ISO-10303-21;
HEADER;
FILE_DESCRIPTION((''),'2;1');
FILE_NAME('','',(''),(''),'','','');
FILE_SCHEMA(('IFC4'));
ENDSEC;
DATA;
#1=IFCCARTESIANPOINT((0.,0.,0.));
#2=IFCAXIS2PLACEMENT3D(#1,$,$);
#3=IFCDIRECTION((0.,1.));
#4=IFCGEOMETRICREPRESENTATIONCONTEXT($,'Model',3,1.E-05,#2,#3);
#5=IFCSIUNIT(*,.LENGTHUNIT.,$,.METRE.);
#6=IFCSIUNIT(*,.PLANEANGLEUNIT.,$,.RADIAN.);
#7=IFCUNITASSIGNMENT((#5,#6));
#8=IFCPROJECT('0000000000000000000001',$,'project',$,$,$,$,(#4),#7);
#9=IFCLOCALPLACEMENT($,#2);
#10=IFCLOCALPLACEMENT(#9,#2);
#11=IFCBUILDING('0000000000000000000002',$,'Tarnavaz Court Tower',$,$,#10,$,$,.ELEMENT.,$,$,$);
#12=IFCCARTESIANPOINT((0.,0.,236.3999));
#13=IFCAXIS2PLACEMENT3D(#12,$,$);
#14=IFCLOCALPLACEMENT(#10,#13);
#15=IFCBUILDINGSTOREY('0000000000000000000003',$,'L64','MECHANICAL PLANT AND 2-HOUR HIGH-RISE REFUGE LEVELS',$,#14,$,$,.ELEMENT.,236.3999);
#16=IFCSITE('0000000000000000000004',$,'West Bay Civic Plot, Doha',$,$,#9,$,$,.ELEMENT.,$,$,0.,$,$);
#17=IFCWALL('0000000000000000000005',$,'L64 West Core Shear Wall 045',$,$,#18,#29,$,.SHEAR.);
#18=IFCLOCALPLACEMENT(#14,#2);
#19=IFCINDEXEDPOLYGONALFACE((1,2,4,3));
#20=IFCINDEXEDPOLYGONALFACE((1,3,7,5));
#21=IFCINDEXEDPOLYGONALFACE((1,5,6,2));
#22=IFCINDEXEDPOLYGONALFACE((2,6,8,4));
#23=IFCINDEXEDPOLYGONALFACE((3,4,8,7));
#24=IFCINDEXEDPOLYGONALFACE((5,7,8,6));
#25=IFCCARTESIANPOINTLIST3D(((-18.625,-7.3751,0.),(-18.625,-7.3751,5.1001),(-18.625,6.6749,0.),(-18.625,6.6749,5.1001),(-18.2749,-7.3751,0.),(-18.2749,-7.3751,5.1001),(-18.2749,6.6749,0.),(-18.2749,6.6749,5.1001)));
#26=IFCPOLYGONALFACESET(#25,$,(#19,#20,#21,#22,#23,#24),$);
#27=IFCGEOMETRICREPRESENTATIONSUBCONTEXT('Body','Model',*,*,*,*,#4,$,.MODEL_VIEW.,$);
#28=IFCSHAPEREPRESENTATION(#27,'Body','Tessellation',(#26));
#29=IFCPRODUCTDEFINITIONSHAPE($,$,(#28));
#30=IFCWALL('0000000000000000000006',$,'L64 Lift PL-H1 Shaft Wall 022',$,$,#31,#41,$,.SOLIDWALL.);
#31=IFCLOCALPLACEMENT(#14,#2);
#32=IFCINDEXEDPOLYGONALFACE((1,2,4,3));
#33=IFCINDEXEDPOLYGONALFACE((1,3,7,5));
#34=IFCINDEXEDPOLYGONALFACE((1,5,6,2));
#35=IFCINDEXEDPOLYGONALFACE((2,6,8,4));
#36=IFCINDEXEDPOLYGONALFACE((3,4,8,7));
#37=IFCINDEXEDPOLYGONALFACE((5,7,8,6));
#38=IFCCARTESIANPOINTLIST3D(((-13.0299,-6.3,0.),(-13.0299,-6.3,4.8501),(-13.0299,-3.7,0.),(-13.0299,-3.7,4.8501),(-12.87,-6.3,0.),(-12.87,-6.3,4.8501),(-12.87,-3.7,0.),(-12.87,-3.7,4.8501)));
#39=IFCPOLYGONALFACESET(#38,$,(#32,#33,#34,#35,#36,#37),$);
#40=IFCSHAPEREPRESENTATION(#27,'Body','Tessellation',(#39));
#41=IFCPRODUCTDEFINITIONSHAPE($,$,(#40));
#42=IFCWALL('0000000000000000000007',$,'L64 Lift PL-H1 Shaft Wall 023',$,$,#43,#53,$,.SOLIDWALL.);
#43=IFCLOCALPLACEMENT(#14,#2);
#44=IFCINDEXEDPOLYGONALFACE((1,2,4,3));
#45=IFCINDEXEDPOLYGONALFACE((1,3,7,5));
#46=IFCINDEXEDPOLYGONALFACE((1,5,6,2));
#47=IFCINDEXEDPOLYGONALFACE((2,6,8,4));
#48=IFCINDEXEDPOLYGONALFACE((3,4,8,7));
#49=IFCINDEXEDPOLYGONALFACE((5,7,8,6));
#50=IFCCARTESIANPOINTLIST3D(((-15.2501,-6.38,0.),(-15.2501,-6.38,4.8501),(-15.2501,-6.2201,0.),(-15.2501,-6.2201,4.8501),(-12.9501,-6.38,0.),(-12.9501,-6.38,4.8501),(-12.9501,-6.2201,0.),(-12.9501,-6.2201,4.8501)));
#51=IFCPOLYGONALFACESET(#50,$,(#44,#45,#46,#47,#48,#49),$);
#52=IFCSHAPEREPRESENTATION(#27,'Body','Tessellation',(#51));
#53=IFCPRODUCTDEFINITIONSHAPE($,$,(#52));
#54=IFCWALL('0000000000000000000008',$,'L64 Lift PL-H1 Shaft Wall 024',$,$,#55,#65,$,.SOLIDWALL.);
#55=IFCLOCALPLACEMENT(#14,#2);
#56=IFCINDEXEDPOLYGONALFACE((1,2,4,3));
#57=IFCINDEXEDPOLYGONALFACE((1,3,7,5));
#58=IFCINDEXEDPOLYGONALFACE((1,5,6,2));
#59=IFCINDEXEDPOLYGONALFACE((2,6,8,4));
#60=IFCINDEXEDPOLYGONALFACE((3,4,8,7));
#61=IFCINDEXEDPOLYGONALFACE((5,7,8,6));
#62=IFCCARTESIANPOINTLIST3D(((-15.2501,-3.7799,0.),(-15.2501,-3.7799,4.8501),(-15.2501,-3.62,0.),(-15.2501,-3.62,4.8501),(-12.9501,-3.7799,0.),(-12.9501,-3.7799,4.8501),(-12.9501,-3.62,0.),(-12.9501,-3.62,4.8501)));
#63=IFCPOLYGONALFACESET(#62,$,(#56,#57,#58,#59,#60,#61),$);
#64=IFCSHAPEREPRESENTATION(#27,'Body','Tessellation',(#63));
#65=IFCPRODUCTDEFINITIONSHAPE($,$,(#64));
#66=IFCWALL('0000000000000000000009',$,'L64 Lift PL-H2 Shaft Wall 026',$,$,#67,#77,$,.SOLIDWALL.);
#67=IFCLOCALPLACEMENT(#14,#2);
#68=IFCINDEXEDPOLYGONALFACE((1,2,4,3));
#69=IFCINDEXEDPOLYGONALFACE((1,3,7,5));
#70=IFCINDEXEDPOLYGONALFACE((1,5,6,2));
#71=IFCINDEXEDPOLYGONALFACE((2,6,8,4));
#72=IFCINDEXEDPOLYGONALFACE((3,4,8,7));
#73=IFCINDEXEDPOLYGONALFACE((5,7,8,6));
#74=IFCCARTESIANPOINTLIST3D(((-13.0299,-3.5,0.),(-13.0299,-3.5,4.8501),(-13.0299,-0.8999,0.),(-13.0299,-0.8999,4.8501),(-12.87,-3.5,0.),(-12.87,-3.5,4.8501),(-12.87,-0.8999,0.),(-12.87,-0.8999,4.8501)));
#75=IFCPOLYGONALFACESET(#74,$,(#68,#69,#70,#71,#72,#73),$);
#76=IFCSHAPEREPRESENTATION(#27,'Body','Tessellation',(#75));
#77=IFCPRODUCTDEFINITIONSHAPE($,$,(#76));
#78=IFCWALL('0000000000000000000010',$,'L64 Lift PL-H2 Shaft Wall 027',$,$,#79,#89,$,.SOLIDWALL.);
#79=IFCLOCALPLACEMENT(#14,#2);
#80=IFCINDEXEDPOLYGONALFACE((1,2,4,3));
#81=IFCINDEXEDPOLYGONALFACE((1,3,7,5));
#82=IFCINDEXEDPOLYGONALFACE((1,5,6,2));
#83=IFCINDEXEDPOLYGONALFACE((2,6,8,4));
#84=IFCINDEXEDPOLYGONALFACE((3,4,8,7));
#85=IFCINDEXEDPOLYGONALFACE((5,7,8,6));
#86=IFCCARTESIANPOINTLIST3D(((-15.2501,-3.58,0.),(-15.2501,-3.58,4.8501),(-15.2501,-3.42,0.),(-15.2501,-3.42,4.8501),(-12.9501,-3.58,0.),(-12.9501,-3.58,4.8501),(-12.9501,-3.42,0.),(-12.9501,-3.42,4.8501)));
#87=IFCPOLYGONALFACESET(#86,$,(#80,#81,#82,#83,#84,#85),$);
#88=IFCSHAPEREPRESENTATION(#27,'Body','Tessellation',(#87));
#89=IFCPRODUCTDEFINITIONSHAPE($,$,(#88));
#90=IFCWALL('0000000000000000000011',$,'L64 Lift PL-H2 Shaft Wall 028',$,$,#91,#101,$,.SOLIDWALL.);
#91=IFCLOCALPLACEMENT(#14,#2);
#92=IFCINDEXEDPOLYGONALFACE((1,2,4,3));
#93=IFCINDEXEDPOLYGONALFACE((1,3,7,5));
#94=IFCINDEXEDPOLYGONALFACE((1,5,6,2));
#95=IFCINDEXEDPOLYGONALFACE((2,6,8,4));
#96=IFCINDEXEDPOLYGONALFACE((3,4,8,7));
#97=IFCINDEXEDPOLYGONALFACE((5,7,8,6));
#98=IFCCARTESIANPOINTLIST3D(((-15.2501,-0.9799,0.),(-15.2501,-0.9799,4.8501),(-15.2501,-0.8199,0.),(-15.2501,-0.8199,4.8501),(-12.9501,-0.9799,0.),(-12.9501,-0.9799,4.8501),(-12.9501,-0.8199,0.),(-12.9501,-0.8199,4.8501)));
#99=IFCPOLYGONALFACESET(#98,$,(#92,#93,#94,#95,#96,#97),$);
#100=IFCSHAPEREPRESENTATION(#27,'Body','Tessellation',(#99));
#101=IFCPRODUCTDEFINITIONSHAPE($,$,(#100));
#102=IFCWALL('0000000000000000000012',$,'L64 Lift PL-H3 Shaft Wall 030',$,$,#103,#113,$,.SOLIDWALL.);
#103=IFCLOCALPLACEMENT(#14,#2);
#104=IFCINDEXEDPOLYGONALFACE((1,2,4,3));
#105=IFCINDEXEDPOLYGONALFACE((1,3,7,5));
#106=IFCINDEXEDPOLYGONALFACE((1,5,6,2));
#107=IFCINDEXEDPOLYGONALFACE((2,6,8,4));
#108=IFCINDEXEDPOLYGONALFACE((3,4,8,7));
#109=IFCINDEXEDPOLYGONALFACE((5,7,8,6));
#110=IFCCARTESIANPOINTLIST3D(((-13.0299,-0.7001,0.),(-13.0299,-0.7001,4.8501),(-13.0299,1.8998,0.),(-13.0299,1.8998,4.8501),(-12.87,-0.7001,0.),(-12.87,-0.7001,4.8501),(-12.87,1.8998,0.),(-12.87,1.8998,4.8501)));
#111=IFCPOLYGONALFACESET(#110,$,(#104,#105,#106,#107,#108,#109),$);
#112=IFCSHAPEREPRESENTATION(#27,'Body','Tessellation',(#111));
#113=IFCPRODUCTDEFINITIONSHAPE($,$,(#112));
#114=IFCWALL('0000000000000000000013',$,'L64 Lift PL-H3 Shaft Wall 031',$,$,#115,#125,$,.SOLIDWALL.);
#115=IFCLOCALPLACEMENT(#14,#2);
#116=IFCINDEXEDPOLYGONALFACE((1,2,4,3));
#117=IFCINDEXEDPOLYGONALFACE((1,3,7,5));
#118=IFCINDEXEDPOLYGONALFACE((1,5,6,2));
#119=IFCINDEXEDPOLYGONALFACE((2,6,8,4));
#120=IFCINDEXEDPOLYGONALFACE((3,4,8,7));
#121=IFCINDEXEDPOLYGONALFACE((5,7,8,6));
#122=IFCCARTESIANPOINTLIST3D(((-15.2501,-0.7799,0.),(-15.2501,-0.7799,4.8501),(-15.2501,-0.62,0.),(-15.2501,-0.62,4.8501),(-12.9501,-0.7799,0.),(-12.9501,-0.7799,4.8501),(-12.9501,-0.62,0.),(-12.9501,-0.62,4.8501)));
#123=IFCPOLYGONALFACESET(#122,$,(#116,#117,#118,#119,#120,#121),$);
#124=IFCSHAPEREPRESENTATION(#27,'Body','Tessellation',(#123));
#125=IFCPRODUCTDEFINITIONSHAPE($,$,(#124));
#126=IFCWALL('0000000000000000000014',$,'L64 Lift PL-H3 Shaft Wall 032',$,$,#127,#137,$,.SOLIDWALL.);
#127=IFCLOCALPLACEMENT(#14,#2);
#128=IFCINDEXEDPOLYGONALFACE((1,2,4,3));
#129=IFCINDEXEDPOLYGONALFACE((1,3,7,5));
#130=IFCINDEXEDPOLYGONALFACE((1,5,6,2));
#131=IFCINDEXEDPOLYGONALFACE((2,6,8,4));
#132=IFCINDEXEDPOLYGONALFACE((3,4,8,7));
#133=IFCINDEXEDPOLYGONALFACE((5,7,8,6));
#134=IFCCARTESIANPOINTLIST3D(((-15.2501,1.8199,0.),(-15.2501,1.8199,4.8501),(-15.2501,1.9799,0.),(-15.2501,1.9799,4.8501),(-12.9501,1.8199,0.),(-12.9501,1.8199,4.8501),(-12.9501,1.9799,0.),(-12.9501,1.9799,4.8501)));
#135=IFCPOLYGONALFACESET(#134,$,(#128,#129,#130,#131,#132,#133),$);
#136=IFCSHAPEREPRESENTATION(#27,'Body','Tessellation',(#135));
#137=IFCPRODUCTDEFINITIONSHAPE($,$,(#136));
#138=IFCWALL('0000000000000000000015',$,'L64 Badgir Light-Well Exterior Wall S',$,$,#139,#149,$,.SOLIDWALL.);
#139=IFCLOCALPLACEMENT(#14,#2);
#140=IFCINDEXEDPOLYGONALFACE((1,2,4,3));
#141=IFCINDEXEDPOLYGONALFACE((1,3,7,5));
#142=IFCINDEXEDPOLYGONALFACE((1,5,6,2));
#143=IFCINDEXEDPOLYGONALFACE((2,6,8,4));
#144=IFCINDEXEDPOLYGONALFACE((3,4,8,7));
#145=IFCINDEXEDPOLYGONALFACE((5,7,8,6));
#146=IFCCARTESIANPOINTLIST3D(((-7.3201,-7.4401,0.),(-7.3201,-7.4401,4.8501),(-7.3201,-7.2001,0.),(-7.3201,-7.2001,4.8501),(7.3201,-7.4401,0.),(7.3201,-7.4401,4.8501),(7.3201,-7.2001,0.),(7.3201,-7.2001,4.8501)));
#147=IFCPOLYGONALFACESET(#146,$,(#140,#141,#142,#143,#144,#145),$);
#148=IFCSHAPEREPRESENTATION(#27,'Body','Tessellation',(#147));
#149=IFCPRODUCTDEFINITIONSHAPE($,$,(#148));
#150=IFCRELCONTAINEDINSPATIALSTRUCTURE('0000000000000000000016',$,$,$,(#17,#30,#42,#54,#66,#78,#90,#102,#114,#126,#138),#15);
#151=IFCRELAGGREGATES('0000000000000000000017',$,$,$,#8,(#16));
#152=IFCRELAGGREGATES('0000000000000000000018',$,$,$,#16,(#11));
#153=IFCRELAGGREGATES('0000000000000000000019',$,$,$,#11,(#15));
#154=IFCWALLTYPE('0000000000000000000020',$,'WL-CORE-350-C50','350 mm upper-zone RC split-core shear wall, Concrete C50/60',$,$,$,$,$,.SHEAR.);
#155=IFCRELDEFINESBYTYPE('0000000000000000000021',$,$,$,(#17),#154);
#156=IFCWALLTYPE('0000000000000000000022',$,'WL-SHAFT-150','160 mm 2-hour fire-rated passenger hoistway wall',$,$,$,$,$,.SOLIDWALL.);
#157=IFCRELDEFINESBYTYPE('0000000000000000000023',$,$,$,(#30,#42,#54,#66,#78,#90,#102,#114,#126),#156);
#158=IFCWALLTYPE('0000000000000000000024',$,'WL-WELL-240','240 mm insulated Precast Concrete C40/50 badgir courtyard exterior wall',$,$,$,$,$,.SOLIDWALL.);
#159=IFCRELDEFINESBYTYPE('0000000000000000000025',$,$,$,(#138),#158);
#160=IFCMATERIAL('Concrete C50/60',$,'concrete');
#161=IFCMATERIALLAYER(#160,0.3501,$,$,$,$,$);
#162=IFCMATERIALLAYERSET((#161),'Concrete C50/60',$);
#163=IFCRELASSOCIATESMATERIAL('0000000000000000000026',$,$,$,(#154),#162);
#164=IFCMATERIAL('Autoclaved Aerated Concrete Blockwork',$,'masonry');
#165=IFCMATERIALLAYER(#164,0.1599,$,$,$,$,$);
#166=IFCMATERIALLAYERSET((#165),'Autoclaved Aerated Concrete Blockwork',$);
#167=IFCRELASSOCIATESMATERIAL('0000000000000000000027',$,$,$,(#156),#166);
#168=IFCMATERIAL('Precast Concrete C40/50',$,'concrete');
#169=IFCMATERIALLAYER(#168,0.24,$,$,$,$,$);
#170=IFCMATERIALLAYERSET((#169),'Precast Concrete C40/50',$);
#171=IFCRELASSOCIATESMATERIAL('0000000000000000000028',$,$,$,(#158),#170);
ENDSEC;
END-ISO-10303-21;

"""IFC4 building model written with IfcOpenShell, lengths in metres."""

from ifc_helpers import new_model, si_unit, direction, frame, frame_2d, origin, place, context, subcontext, project, spatial, rectangle, extrude, material, layer, layer_set, type_object, element, save


model = new_model("IFC4")

# Units and contexts
model_context = context("Model", 3, precision=1e-05, world=origin(), true_north=direction((0.0, 1.0)))
body_context = subcontext(model_context, "Body", "Model", "MODEL_VIEW")
ifc_project = project(units=[si_unit("LENGTHUNIT", "METRE"), si_unit("PLANEANGLEUNIT", "RADIAN")], contexts=[model_context])

# Site, building, storey
site_placement = place(None, origin())
site = spatial("IfcSite", under=ifc_project, at=site_placement, Name="West Bay Civic Plot, Doha", CompositionType="ELEMENT", RefElevation=0.0)
building_placement = place(site_placement, origin())
building = spatial("IfcBuilding", under=site, at=building_placement, Name="Tarnavaz Court Tower", CompositionType="ELEMENT")
storey_placement = place(building_placement, frame((0.0, 0.0, 236.3999)))
storey = spatial("IfcBuildingStorey", under=building, at=storey_placement, Name="L64", Description="MECHANICAL PLANT AND 2-HOUR HIGH-RISE REFUGE LEVELS", CompositionType="ELEMENT", Elevation=236.3999)

# Shared definitions
ifc_material_1 = material(Name="Concrete C50/60", Category="concrete")

# Wall
ifc_layer_1 = layer(ifc_material_1, 0.3501)
ifc_layer_set_1 = layer_set([ifc_layer_1], Name="Concrete C50/60")
wall_type_1 = type_object("IfcWallType", Name="WL-CORE-350-C50", Description="350 mm upper-zone RC split-core shear wall, Concrete C50/60", PredefinedType="SHEAR", material=ifc_layer_set_1)
wall_1_placement = place(storey_placement, frame((-18.45, -7.375, 0.0), z_axis=(0.0, 0.0, 1.0), x_axis=(0.0, 1.0, 0.0)))
element("IfcWall", 1, at=wall_1_placement, inside=storey, type_object=wall_type_1, Name="L64 West Core Shear Wall 045", PredefinedType="SHEAR", context=body_context, shape_type="SweptSolid", body=[
    extrude(rectangle(XDim=14.05, YDim=0.3501, at=frame_2d((7.0249, 0.0))), origin(), (0.0, 0.0, 1.0), 5.1001),
])

# Shared definitions
ifc_material_2 = material(Name="Autoclaved Aerated Concrete Blockwork", Category="masonry")
ifc_layer_2 = layer(ifc_material_2, 0.1599)
ifc_layer_set_2 = layer_set([ifc_layer_2], Name="Autoclaved Aerated Concrete Blockwork")
wall_type_2 = type_object("IfcWallType", Name="WL-SHAFT-150", Description="160 mm 2-hour fire-rated passenger hoistway wall", PredefinedType="SOLIDWALL", material=ifc_layer_set_2)

# Walls
wall_2_placement = place(storey_placement, frame((-12.95, -6.3, 0.0), z_axis=(0.0, 0.0, 1.0), x_axis=(0.0, 1.0, 0.0)))
element("IfcWall", 2, at=wall_2_placement, inside=storey, type_object=wall_type_2, Name="L64 Lift PL-H1 Shaft Wall 022", PredefinedType="SOLIDWALL", context=body_context, shape_type="SweptSolid", body=[
    extrude(rectangle(XDim=2.6001, YDim=0.1599, at=frame_2d((1.3, 0.0))), origin(), (0.0, 0.0, 1.0), 4.8501),
])
for number, where, z_axis, x_axis, name in (
    (3, (-15.25, -6.3, 0.0), (0.0, 0.0, 1.0), (1.0, 0.0, 0.0), "L64 Lift PL-H1 Shaft Wall 023"),
    (4, (-15.25, -3.7, 0.0), (0.0, 0.0, 1.0), (1.0, 0.0, 0.0), "L64 Lift PL-H1 Shaft Wall 024"),
):
    element("IfcWall", number, at=place(storey_placement, frame(where, z_axis=z_axis, x_axis=x_axis)), inside=storey, type_object=wall_type_2, Name=name, PredefinedType="SOLIDWALL", context=body_context, shape_type="SweptSolid", body=[
        extrude(rectangle(XDim=2.3, YDim=0.1599, at=frame_2d((1.1499, 0.0))), origin(), (0.0, 0.0, 1.0), 4.8501),
    ])

# Walls
wall_3_placement = place(storey_placement, frame((-12.95, -3.5, 0.0), z_axis=(0.0, 0.0, 1.0), x_axis=(0.0, 1.0, 0.0)))
element("IfcWall", 5, at=wall_3_placement, inside=storey, type_object=wall_type_2, Name="L64 Lift PL-H2 Shaft Wall 026", PredefinedType="SOLIDWALL", context=body_context, shape_type="SweptSolid", body=[
    extrude(rectangle(XDim=2.6001, YDim=0.1599, at=frame_2d((1.3, 0.0))), origin(), (0.0, 0.0, 1.0), 4.8501),
])
for number, where, z_axis, x_axis, name in (
    (6, (-15.25, -3.5, 0.0), (0.0, 0.0, 1.0), (1.0, 0.0, 0.0), "L64 Lift PL-H2 Shaft Wall 027"),
    (7, (-15.25, -0.8999, 0.0), (0.0, 0.0, 1.0), (1.0, 0.0, 0.0), "L64 Lift PL-H2 Shaft Wall 028"),
):
    element("IfcWall", number, at=place(storey_placement, frame(where, z_axis=z_axis, x_axis=x_axis)), inside=storey, type_object=wall_type_2, Name=name, PredefinedType="SOLIDWALL", context=body_context, shape_type="SweptSolid", body=[
        extrude(rectangle(XDim=2.3, YDim=0.1599, at=frame_2d((1.1499, 0.0))), origin(), (0.0, 0.0, 1.0), 4.8501),
    ])

# Walls
wall_4_placement = place(storey_placement, frame((-12.95, -0.7, 0.0), z_axis=(0.0, 0.0, 1.0), x_axis=(0.0, 1.0, 0.0)))
element("IfcWall", 8, at=wall_4_placement, inside=storey, type_object=wall_type_2, Name="L64 Lift PL-H3 Shaft Wall 030", PredefinedType="SOLIDWALL", context=body_context, shape_type="SweptSolid", body=[
    extrude(rectangle(XDim=2.5999, YDim=0.1599, at=frame_2d((1.2998, 0.0))), origin(), (0.0, 0.0, 1.0), 4.8501),
])
for number, where, z_axis, x_axis, name in (
    (9, (-15.25, -0.7, 0.0), (0.0, 0.0, 1.0), (1.0, 0.0, 0.0), "L64 Lift PL-H3 Shaft Wall 031"),
    (10, (-15.25, 1.8999, 0.0), (0.0, 0.0, 1.0), (1.0, 0.0, 0.0), "L64 Lift PL-H3 Shaft Wall 032"),
):
    element("IfcWall", number, at=place(storey_placement, frame(where, z_axis=z_axis, x_axis=x_axis)), inside=storey, type_object=wall_type_2, Name=name, PredefinedType="SOLIDWALL", context=body_context, shape_type="SweptSolid", body=[
        extrude(rectangle(XDim=2.3, YDim=0.1599, at=frame_2d((1.1499, 0.0))), origin(), (0.0, 0.0, 1.0), 4.8501),
    ])
ifc_material_3 = material(Name="Precast Concrete C40/50", Category="concrete")
ifc_layer_3 = layer(ifc_material_3, 0.24)
ifc_layer_set_3 = layer_set([ifc_layer_3], Name="Precast Concrete C40/50")
wall_type_3 = type_object("IfcWallType", Name="WL-WELL-240", Description="240 mm insulated Precast Concrete C40/50 badgir courtyard exterior wall", PredefinedType="SOLIDWALL", material=ifc_layer_set_3)
wall_5_placement = place(storey_placement, frame((-7.3201, -7.3201, 0.0), z_axis=(0.0, 0.0, 1.0), x_axis=(1.0, 0.0, 0.0)))
element("IfcWall", 11, at=wall_5_placement, inside=storey, type_object=wall_type_3, Name="L64 Badgir Light-Well Exterior Wall S", PredefinedType="SOLIDWALL", context=body_context, shape_type="SweptSolid", body=[
    extrude(rectangle(XDim=14.6401, YDim=0.24, at=frame_2d((7.3201, 0.0))), origin(), (0.0, 0.0, 1.0), 4.8501),
])

save(model, "model.ifc")
